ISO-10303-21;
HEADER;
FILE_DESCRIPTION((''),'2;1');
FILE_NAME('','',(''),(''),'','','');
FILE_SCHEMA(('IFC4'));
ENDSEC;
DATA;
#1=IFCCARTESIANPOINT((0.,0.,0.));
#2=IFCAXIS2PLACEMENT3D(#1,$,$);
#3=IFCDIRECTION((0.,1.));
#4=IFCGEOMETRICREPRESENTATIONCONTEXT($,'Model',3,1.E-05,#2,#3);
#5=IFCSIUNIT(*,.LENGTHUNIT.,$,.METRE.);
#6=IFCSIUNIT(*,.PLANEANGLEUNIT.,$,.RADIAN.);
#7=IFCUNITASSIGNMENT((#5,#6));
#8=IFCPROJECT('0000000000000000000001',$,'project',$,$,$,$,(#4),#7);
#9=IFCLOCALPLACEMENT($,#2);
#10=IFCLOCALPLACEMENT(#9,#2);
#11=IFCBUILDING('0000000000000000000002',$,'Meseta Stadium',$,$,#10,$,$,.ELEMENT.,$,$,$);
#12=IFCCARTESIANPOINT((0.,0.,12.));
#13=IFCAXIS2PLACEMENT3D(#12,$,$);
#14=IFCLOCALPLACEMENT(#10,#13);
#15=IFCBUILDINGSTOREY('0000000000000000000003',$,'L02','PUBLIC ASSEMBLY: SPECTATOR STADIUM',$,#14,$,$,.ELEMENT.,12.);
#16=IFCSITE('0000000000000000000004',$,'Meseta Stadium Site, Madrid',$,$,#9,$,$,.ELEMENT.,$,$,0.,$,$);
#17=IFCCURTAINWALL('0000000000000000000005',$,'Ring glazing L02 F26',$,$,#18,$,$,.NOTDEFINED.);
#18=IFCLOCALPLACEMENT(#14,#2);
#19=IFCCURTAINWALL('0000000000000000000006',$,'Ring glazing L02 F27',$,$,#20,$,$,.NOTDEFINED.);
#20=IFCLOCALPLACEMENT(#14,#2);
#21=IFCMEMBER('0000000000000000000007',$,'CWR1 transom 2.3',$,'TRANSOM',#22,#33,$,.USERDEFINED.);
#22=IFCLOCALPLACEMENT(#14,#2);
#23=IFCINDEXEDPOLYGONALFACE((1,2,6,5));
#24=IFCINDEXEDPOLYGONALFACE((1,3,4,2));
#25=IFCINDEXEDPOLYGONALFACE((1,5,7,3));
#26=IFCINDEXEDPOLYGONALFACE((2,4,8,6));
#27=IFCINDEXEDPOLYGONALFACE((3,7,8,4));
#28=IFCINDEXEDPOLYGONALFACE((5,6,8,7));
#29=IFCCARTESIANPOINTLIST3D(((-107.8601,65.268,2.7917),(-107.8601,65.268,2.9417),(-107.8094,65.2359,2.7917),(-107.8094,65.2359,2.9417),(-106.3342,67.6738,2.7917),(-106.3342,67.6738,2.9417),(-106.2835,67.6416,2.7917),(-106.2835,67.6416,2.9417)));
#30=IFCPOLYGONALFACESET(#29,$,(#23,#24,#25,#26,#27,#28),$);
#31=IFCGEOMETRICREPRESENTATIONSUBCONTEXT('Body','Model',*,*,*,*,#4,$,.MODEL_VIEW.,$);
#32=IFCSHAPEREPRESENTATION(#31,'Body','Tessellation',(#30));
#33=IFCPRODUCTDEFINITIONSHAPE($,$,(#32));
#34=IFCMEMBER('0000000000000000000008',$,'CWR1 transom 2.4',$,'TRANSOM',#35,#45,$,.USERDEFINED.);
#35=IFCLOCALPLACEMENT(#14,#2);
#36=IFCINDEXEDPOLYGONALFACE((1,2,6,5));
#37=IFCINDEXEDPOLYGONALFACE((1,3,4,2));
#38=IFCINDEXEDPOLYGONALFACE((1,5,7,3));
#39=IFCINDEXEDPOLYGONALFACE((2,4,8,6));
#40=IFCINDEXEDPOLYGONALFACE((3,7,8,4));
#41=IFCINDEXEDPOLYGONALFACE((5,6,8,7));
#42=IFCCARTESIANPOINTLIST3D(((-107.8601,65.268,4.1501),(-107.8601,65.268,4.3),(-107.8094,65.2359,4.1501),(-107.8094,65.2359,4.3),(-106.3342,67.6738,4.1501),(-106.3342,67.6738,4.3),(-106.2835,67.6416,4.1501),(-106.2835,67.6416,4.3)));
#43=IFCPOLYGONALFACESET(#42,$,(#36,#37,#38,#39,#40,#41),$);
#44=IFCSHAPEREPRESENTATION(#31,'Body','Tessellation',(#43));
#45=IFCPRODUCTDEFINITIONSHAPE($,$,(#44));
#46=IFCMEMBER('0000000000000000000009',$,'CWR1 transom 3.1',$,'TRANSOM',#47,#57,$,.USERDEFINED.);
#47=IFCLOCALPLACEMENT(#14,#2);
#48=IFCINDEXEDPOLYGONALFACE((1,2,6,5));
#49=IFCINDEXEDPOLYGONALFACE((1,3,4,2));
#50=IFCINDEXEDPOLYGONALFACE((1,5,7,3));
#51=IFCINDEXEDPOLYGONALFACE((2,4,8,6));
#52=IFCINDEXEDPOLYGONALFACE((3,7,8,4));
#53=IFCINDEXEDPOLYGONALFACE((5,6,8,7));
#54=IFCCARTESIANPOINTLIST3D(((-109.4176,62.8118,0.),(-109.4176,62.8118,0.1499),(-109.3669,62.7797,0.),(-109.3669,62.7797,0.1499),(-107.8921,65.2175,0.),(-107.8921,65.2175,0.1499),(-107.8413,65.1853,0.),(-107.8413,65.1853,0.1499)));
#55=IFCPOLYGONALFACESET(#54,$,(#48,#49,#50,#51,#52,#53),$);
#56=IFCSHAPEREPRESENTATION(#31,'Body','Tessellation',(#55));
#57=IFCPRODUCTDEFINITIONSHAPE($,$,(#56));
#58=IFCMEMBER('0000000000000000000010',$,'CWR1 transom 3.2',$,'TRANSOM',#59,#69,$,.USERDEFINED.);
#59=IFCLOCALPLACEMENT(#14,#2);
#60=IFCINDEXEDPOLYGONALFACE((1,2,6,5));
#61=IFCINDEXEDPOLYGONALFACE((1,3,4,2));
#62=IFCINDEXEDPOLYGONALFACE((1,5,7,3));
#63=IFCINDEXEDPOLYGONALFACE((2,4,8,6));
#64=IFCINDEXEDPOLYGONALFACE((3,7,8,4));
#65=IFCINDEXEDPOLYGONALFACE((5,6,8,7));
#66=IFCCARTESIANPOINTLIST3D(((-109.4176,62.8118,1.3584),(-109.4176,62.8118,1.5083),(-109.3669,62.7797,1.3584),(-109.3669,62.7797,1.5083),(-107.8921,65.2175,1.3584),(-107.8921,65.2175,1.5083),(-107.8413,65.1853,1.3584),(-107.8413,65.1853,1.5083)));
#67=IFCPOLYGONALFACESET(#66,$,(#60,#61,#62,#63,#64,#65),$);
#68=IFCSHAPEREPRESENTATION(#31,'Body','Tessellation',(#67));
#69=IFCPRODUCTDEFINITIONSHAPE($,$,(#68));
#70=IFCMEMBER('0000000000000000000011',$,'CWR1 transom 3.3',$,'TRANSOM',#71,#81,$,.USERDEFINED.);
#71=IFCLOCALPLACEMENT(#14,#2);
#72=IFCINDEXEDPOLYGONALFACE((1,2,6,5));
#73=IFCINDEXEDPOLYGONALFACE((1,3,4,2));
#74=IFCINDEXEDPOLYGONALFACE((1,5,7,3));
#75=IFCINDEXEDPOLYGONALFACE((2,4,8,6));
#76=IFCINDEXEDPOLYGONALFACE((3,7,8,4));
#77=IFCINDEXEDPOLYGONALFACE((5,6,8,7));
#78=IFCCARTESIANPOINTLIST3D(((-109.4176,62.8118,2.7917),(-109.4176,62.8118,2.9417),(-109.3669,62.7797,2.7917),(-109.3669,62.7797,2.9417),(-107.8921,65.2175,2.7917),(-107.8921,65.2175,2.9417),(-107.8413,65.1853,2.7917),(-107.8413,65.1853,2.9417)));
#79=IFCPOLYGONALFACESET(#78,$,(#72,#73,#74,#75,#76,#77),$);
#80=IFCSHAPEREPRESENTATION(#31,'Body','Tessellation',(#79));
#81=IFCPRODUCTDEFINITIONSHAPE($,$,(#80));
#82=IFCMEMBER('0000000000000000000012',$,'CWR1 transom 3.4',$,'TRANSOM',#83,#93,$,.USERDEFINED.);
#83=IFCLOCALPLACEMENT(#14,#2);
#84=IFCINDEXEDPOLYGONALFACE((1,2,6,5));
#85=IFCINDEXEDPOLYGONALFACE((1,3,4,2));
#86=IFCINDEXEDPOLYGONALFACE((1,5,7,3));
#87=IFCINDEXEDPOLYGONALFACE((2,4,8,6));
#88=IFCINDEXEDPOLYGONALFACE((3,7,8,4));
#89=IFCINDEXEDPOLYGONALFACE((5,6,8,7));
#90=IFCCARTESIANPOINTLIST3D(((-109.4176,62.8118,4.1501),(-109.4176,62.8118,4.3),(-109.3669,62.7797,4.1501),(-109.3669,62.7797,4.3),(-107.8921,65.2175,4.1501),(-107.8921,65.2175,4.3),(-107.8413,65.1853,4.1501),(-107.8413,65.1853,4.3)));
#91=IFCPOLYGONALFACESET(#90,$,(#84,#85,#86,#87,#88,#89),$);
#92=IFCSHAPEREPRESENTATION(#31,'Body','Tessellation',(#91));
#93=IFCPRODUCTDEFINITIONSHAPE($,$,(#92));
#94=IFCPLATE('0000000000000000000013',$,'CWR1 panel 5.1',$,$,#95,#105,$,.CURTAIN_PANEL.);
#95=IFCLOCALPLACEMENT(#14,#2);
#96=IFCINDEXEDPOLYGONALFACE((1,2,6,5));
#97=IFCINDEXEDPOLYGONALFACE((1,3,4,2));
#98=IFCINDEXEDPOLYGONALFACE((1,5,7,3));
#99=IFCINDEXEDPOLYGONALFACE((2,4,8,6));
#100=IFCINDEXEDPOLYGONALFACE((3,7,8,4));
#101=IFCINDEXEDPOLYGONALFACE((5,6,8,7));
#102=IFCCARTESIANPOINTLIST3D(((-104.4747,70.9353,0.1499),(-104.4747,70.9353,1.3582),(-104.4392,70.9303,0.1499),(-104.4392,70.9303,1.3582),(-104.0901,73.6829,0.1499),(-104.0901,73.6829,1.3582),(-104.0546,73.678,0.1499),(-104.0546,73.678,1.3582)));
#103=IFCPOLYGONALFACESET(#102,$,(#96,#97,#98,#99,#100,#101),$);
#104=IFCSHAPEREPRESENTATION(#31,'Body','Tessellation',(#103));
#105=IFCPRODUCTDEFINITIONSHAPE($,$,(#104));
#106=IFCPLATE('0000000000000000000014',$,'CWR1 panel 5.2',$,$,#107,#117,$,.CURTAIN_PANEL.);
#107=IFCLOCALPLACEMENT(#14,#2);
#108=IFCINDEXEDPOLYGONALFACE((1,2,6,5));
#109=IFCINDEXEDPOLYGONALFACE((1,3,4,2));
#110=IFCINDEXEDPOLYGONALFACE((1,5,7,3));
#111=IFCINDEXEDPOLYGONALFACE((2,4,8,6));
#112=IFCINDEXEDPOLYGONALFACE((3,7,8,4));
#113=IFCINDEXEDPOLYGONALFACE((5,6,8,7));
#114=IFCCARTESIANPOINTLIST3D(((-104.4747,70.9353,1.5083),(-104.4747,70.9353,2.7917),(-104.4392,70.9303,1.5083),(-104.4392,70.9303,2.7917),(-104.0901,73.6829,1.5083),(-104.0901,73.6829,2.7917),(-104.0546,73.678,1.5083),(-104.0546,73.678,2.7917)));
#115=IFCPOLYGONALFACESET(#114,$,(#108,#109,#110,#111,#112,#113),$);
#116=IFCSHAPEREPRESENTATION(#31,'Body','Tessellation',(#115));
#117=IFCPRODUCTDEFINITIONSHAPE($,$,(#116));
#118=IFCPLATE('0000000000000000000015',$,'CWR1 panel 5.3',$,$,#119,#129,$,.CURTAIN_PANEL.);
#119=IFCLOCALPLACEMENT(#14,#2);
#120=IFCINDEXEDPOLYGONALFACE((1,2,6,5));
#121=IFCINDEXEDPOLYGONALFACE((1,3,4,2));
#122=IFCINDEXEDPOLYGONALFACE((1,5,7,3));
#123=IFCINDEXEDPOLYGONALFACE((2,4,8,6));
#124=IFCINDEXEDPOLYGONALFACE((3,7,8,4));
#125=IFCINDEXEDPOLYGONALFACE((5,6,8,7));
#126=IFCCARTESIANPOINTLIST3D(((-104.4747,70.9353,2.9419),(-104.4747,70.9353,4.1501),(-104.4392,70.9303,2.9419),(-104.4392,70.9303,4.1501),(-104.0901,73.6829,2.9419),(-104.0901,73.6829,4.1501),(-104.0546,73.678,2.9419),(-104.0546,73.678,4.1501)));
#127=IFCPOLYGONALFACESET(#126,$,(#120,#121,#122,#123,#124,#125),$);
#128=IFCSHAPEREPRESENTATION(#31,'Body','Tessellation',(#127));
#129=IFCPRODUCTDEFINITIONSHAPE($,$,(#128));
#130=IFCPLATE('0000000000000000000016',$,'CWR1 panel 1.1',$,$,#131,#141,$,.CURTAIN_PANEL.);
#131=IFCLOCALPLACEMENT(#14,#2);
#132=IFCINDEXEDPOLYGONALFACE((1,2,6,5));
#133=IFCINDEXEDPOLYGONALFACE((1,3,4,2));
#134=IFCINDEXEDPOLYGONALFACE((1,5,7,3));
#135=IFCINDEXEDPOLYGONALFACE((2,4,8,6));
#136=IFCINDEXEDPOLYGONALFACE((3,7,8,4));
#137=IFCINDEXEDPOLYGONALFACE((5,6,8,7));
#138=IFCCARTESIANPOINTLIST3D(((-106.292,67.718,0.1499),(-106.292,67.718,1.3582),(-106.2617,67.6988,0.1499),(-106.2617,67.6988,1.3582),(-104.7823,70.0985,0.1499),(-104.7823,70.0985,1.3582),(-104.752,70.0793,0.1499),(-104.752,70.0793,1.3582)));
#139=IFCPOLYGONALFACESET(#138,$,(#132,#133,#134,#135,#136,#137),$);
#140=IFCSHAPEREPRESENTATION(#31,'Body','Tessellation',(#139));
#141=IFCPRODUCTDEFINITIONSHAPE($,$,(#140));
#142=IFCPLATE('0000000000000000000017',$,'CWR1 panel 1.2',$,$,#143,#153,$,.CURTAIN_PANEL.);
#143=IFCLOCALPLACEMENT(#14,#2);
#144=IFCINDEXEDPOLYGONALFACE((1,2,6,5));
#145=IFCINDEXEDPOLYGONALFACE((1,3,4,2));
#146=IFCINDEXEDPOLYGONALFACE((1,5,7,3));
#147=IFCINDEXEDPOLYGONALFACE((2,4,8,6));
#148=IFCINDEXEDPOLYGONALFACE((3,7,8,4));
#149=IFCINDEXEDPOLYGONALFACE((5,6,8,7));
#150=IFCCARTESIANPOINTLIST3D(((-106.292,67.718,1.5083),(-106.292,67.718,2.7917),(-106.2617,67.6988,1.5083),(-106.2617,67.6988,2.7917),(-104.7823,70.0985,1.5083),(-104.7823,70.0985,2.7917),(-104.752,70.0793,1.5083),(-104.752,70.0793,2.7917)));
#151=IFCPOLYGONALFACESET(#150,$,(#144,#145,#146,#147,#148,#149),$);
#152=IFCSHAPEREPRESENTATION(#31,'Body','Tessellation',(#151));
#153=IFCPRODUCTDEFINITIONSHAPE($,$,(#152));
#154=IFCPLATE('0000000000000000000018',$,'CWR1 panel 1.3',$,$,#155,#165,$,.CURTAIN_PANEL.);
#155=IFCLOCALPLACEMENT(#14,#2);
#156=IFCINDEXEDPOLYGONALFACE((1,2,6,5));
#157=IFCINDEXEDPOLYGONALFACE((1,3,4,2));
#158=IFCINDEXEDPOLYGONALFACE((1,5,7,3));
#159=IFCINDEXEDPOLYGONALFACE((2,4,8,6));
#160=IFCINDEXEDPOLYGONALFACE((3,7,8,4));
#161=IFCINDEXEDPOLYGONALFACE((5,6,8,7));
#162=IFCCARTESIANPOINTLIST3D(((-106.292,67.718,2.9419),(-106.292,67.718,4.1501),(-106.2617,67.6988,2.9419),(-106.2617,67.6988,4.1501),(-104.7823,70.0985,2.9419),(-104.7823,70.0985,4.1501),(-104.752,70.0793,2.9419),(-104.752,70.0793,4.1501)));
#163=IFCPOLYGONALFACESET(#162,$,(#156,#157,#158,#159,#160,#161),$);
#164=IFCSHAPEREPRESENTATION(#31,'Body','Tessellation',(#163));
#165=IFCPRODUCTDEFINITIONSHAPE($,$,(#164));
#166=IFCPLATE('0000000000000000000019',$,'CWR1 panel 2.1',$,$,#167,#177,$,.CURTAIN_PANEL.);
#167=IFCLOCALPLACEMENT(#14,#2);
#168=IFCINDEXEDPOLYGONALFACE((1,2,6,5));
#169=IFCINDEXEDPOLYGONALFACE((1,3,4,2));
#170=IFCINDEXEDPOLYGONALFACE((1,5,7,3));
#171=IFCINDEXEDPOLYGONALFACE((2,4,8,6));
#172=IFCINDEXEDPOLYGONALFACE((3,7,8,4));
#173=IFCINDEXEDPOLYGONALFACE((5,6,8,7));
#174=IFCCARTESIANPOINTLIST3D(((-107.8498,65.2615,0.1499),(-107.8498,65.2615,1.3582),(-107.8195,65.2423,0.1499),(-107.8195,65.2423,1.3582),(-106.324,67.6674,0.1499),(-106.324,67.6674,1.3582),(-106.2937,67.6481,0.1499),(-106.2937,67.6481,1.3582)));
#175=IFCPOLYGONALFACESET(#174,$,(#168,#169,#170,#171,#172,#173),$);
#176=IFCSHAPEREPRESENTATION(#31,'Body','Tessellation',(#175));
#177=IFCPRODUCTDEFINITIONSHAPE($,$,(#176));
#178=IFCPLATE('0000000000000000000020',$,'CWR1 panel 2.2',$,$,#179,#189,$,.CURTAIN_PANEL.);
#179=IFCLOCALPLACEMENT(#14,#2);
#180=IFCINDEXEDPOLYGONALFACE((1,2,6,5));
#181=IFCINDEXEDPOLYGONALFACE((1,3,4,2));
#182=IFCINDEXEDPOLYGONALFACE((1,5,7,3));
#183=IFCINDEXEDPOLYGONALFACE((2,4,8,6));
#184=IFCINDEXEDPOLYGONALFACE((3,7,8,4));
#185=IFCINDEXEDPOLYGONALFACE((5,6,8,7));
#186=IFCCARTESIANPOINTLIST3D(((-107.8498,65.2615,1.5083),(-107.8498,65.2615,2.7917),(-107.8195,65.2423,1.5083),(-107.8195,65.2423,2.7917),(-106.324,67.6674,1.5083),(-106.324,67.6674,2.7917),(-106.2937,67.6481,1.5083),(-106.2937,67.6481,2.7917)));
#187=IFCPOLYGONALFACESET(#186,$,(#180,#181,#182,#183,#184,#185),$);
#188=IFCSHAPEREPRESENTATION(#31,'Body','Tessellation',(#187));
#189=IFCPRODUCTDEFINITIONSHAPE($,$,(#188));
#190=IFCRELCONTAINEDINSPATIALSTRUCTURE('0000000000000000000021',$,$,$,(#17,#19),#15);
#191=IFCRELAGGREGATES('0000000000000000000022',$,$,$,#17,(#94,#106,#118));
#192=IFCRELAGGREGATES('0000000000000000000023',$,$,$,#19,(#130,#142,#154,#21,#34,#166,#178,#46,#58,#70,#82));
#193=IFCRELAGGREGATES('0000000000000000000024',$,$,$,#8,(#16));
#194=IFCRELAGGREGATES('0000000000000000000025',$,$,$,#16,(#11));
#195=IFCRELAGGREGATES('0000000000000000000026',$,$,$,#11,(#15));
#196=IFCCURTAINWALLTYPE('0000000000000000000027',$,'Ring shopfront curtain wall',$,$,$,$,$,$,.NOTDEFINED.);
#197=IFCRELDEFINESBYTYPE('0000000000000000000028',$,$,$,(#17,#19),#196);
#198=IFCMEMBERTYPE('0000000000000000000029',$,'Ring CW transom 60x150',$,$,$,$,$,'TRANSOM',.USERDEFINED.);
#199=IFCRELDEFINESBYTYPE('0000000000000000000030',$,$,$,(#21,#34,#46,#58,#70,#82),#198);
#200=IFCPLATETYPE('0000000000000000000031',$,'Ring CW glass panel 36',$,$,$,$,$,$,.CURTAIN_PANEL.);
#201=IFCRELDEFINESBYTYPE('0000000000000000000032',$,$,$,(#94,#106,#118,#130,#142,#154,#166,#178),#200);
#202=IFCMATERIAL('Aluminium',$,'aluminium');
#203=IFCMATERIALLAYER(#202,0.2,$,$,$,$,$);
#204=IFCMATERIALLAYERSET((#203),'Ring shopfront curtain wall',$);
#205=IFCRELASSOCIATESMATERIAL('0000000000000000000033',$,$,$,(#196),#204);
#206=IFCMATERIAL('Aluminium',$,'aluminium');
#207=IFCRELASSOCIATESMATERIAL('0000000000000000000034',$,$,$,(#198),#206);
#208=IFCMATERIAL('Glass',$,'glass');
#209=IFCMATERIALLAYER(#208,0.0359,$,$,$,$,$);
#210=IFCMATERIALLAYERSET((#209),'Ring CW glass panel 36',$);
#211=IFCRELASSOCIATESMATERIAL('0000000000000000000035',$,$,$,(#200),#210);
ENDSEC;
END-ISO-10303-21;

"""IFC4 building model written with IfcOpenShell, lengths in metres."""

from ifc_helpers import new_model, si_unit, direction, frame, origin, origin_2d, place, context, subcontext, project, spatial, rectangle, extrude, material, layer, layer_set, material_profile, profile_set, type_object, element, aggregate, save


model = new_model("IFC4")

# Units and contexts
model_context = context("Model", 3, precision=1e-05, world=origin(), true_north=direction((0.0, 1.0)))
body_context = subcontext(model_context, "Body", "Model", "MODEL_VIEW")
ifc_project = project(units=[si_unit("LENGTHUNIT", "METRE"), si_unit("PLANEANGLEUNIT", "RADIAN")], contexts=[model_context])

# Site, building, storey
site_placement = place(None, origin())
site = spatial("IfcSite", under=ifc_project, at=site_placement, Name="Meseta Stadium Site, Madrid", CompositionType="ELEMENT", RefElevation=0.0)
building_placement = place(site_placement, origin())
building = spatial("IfcBuilding", under=site, at=building_placement, Name="Meseta Stadium", CompositionType="ELEMENT")
storey_placement = place(building_placement, frame((0.0, 0.0, 12.0)))
storey = spatial("IfcBuildingStorey", under=building, at=storey_placement, Name="L02", Description="PUBLIC ASSEMBLY: SPECTATOR STADIUM", CompositionType="ELEMENT", Elevation=12.0)

# Curtain wall
ifc_material_1 = material(Name="Aluminium", Category="aluminium")
ifc_layer_1 = layer(ifc_material_1, 0.2)
ifc_layer_set_1 = layer_set([ifc_layer_1], Name="Ring shopfront curtain wall")
curtain_wall_type = type_object("IfcCurtainWallType", Name="Ring shopfront curtain wall", PredefinedType="NOTDEFINED", material=ifc_layer_set_1)
curtain_wall_1_placement = place(storey_placement, origin())
curtain_wall_1 = element("IfcCurtainWall", 1, at=curtain_wall_1_placement, inside=storey, type_object=curtain_wall_type, Name="Ring glazing L02 F26", PredefinedType="NOTDEFINED")

# Curtain wall, members
curtain_wall_2_placement = place(storey_placement, origin())
curtain_wall_2 = element("IfcCurtainWall", 2, at=curtain_wall_2_placement, inside=storey, type_object=curtain_wall_type, Name="Ring glazing L02 F27", PredefinedType="NOTDEFINED")
ifc_material_2 = material(Name="Aluminium", Category="aluminium")
ifc_material_profile_1 = material_profile(ifc_material_2, rectangle(XDim=0.0601, YDim=0.1499, at=origin_2d()), Name="CW 60x150")
ifc_profile_set_1 = profile_set([ifc_material_profile_1], Name="Aluminium")
member_type_1 = type_object("IfcMemberType", Name="Ring CW transom 60x150", ElementType="TRANSOM", PredefinedType="USERDEFINED", material=ifc_profile_set_1)
member_1_placement = place(storey_placement, frame((-106.3088, 67.6577, 2.8667), z_axis=(-0.535611, -0.844465, 0.0), x_axis=(0.844465, -0.535611, 0.0)))
member_1 = element("IfcMember", 3, at=member_1_placement, type_object=member_type_1, Name="CWR1 transom 2.3", ObjectType="TRANSOM", PredefinedType="USERDEFINED", context=body_context, shape_type="SweptSolid", body=[
    extrude(rectangle(XDim=0.0601, YDim=0.1499, at=origin_2d()), origin(), (0.0, 0.0, 1.0), 2.8489),
])
member_2_placement = place(storey_placement, frame((-106.3088, 67.6577, 4.2251), z_axis=(-0.535611, -0.844465, 0.0), x_axis=(0.844465, -0.535611, 0.0)))
member_2 = element("IfcMember", 4, at=member_2_placement, type_object=member_type_1, Name="CWR1 transom 2.4", ObjectType="TRANSOM", PredefinedType="USERDEFINED", context=body_context, shape_type="SweptSolid", body=[
    extrude(rectangle(XDim=0.0601, YDim=0.1499, at=origin_2d()), origin(), (0.0, 0.0, 1.0), 2.8489),
])
member_3_placement = place(storey_placement, frame((-107.8667, 65.2014, 0.075), z_axis=(-0.535549, -0.844504, 0.0), x_axis=(0.844504, -0.535549, 0.0)))
member_3 = element("IfcMember", 5, at=member_3_placement, type_object=member_type_1, Name="CWR1 transom 3.1", ObjectType="TRANSOM", PredefinedType="USERDEFINED", context=body_context, shape_type="SweptSolid", body=[
    extrude(rectangle(XDim=0.0601, YDim=0.1499, at=origin_2d()), origin(), (0.0, 0.0, 1.0), 2.8486),
])
member_4_placement = place(storey_placement, frame((-107.8667, 65.2014, 1.4333), z_axis=(-0.535549, -0.844504, 0.0), x_axis=(0.844504, -0.535549, 0.0)))
member_4 = element("IfcMember", 6, at=member_4_placement, type_object=member_type_1, Name="CWR1 transom 3.2", ObjectType="TRANSOM", PredefinedType="USERDEFINED", context=body_context, shape_type="SweptSolid", body=[
    extrude(rectangle(XDim=0.0601, YDim=0.1499, at=origin_2d()), origin(), (0.0, 0.0, 1.0), 2.8486),
])
member_5_placement = place(storey_placement, frame((-107.8667, 65.2014, 2.8667), z_axis=(-0.535549, -0.844504, 0.0), x_axis=(0.844504, -0.535549, 0.0)))
member_5 = element("IfcMember", 7, at=member_5_placement, type_object=member_type_1, Name="CWR1 transom 3.3", ObjectType="TRANSOM", PredefinedType="USERDEFINED", context=body_context, shape_type="SweptSolid", body=[
    extrude(rectangle(XDim=0.0601, YDim=0.1499, at=origin_2d()), origin(), (0.0, 0.0, 1.0), 2.8486),
])
member_6_placement = place(storey_placement, frame((-107.8667, 65.2014, 4.2251), z_axis=(-0.535549, -0.844504, 0.0), x_axis=(0.844504, -0.535549, 0.0)))
member_6 = element("IfcMember", 8, at=member_6_placement, type_object=member_type_1, Name="CWR1 transom 3.4", ObjectType="TRANSOM", PredefinedType="USERDEFINED", context=body_context, shape_type="SweptSolid", body=[
    extrude(rectangle(XDim=0.0601, YDim=0.1499, at=origin_2d()), origin(), (0.0, 0.0, 1.0), 2.8486),
])

# Plates
ifc_material_3 = material(Name="Glass", Category="glass")
ifc_layer_2 = layer(ifc_material_3, 0.0359)
ifc_layer_set_2 = layer_set([ifc_layer_2], Name="Ring CW glass panel 36")
plate_type_1 = type_object("IfcPlateType", Name="Ring CW glass panel 36", PredefinedType="CURTAIN_PANEL", material=ifc_layer_set_2)
plate_1_placement = place(storey_placement, frame((-104.2646, 72.3066, 0.1499), z_axis=(0.0, 0.0, 1.0), x_axis=(-0.138643, -0.990342, 0.0)))
plate_1 = element("IfcPlate", 9, at=plate_1_placement, type_object=plate_type_1, Name="CWR1 panel 5.1", PredefinedType="CURTAIN_PANEL", context=body_context, shape_type="SweptSolid", body=[
    extrude(rectangle(XDim=2.7744, YDim=0.0359, at=origin_2d()), origin(), (0.0, 0.0, 1.0), 1.2083),
])
plate_2_placement = place(storey_placement, frame((-104.2646, 72.3066, 1.5083), z_axis=(0.0, 0.0, 1.0), x_axis=(-0.138643, -0.990342, 0.0)))
plate_2 = element("IfcPlate", 10, at=plate_2_placement, type_object=plate_type_1, Name="CWR1 panel 5.2", PredefinedType="CURTAIN_PANEL", context=body_context, shape_type="SweptSolid", body=[
    extrude(rectangle(XDim=2.7744, YDim=0.0359, at=origin_2d()), origin(), (0.0, 0.0, 1.0), 1.2834),
])
plate_3_placement = place(storey_placement, frame((-104.2646, 72.3066, 2.9419), z_axis=(0.0, 0.0, 1.0), x_axis=(-0.138643, -0.990342, 0.0)))
plate_3 = element("IfcPlate", 11, at=plate_3_placement, type_object=plate_type_1, Name="CWR1 panel 5.3", PredefinedType="CURTAIN_PANEL", context=body_context, shape_type="SweptSolid", body=[
    extrude(rectangle(XDim=2.7744, YDim=0.0359, at=origin_2d()), origin(), (0.0, 0.0, 1.0), 1.2083),
])
aggregate(curtain_wall_1, [plate_1, plate_2, plate_3])
plate_4_placement = place(storey_placement, frame((-105.522, 68.8987, 0.1499), z_axis=(0.0, 0.0, 1.0), x_axis=(-0.535569, -0.844491, 0.0)))
plate_4 = element("IfcPlate", 12, at=plate_4_placement, type_object=plate_type_1, Name="CWR1 panel 1.1", PredefinedType="CURTAIN_PANEL", context=body_context, shape_type="SweptSolid", body=[
    extrude(rectangle(XDim=2.8188, YDim=0.0359, at=origin_2d()), origin(), (0.0, 0.0, 1.0), 1.2083),
])
plate_5_placement = place(storey_placement, frame((-105.522, 68.8987, 1.5083), z_axis=(0.0, 0.0, 1.0), x_axis=(-0.535569, -0.844491, 0.0)))
plate_5 = element("IfcPlate", 13, at=plate_5_placement, type_object=plate_type_1, Name="CWR1 panel 1.2", PredefinedType="CURTAIN_PANEL", context=body_context, shape_type="SweptSolid", body=[
    extrude(rectangle(XDim=2.8188, YDim=0.0359, at=origin_2d()), origin(), (0.0, 0.0, 1.0), 1.2834),
])
plate_6_placement = place(storey_placement, frame((-105.522, 68.8987, 2.9419), z_axis=(0.0, 0.0, 1.0), x_axis=(-0.535569, -0.844491, 0.0)))
plate_6 = element("IfcPlate", 14, at=plate_6_placement, type_object=plate_type_1, Name="CWR1 panel 1.3", PredefinedType="CURTAIN_PANEL", context=body_context, shape_type="SweptSolid", body=[
    extrude(rectangle(XDim=2.8188, YDim=0.0359, at=origin_2d()), origin(), (0.0, 0.0, 1.0), 1.2083),
])
plate_7_placement = place(storey_placement, frame((-107.0718, 66.4548, 0.1499), z_axis=(0.0, 0.0, 1.0), x_axis=(-0.535569, -0.844491, 0.0)))
plate_7 = element("IfcPlate", 15, at=plate_7_placement, type_object=plate_type_1, Name="CWR1 panel 2.1", PredefinedType="CURTAIN_PANEL", context=body_context, shape_type="SweptSolid", body=[
    extrude(rectangle(XDim=2.8489, YDim=0.0359, at=origin_2d()), origin(), (0.0, 0.0, 1.0), 1.2083),
])
plate_8_placement = place(storey_placement, frame((-107.0718, 66.4548, 1.5083), z_axis=(0.0, 0.0, 1.0), x_axis=(-0.535569, -0.844491, 0.0)))
plate_8 = element("IfcPlate", 16, at=plate_8_placement, type_object=plate_type_1, Name="CWR1 panel 2.2", PredefinedType="CURTAIN_PANEL", context=body_context, shape_type="SweptSolid", body=[
    extrude(rectangle(XDim=2.8489, YDim=0.0359, at=origin_2d()), origin(), (0.0, 0.0, 1.0), 1.2834),
])
aggregate(curtain_wall_2, [plate_4, plate_5, plate_6, member_1, member_2, plate_7, plate_8, member_3, member_4, member_5, member_6])

save(model, "model.ifc")
